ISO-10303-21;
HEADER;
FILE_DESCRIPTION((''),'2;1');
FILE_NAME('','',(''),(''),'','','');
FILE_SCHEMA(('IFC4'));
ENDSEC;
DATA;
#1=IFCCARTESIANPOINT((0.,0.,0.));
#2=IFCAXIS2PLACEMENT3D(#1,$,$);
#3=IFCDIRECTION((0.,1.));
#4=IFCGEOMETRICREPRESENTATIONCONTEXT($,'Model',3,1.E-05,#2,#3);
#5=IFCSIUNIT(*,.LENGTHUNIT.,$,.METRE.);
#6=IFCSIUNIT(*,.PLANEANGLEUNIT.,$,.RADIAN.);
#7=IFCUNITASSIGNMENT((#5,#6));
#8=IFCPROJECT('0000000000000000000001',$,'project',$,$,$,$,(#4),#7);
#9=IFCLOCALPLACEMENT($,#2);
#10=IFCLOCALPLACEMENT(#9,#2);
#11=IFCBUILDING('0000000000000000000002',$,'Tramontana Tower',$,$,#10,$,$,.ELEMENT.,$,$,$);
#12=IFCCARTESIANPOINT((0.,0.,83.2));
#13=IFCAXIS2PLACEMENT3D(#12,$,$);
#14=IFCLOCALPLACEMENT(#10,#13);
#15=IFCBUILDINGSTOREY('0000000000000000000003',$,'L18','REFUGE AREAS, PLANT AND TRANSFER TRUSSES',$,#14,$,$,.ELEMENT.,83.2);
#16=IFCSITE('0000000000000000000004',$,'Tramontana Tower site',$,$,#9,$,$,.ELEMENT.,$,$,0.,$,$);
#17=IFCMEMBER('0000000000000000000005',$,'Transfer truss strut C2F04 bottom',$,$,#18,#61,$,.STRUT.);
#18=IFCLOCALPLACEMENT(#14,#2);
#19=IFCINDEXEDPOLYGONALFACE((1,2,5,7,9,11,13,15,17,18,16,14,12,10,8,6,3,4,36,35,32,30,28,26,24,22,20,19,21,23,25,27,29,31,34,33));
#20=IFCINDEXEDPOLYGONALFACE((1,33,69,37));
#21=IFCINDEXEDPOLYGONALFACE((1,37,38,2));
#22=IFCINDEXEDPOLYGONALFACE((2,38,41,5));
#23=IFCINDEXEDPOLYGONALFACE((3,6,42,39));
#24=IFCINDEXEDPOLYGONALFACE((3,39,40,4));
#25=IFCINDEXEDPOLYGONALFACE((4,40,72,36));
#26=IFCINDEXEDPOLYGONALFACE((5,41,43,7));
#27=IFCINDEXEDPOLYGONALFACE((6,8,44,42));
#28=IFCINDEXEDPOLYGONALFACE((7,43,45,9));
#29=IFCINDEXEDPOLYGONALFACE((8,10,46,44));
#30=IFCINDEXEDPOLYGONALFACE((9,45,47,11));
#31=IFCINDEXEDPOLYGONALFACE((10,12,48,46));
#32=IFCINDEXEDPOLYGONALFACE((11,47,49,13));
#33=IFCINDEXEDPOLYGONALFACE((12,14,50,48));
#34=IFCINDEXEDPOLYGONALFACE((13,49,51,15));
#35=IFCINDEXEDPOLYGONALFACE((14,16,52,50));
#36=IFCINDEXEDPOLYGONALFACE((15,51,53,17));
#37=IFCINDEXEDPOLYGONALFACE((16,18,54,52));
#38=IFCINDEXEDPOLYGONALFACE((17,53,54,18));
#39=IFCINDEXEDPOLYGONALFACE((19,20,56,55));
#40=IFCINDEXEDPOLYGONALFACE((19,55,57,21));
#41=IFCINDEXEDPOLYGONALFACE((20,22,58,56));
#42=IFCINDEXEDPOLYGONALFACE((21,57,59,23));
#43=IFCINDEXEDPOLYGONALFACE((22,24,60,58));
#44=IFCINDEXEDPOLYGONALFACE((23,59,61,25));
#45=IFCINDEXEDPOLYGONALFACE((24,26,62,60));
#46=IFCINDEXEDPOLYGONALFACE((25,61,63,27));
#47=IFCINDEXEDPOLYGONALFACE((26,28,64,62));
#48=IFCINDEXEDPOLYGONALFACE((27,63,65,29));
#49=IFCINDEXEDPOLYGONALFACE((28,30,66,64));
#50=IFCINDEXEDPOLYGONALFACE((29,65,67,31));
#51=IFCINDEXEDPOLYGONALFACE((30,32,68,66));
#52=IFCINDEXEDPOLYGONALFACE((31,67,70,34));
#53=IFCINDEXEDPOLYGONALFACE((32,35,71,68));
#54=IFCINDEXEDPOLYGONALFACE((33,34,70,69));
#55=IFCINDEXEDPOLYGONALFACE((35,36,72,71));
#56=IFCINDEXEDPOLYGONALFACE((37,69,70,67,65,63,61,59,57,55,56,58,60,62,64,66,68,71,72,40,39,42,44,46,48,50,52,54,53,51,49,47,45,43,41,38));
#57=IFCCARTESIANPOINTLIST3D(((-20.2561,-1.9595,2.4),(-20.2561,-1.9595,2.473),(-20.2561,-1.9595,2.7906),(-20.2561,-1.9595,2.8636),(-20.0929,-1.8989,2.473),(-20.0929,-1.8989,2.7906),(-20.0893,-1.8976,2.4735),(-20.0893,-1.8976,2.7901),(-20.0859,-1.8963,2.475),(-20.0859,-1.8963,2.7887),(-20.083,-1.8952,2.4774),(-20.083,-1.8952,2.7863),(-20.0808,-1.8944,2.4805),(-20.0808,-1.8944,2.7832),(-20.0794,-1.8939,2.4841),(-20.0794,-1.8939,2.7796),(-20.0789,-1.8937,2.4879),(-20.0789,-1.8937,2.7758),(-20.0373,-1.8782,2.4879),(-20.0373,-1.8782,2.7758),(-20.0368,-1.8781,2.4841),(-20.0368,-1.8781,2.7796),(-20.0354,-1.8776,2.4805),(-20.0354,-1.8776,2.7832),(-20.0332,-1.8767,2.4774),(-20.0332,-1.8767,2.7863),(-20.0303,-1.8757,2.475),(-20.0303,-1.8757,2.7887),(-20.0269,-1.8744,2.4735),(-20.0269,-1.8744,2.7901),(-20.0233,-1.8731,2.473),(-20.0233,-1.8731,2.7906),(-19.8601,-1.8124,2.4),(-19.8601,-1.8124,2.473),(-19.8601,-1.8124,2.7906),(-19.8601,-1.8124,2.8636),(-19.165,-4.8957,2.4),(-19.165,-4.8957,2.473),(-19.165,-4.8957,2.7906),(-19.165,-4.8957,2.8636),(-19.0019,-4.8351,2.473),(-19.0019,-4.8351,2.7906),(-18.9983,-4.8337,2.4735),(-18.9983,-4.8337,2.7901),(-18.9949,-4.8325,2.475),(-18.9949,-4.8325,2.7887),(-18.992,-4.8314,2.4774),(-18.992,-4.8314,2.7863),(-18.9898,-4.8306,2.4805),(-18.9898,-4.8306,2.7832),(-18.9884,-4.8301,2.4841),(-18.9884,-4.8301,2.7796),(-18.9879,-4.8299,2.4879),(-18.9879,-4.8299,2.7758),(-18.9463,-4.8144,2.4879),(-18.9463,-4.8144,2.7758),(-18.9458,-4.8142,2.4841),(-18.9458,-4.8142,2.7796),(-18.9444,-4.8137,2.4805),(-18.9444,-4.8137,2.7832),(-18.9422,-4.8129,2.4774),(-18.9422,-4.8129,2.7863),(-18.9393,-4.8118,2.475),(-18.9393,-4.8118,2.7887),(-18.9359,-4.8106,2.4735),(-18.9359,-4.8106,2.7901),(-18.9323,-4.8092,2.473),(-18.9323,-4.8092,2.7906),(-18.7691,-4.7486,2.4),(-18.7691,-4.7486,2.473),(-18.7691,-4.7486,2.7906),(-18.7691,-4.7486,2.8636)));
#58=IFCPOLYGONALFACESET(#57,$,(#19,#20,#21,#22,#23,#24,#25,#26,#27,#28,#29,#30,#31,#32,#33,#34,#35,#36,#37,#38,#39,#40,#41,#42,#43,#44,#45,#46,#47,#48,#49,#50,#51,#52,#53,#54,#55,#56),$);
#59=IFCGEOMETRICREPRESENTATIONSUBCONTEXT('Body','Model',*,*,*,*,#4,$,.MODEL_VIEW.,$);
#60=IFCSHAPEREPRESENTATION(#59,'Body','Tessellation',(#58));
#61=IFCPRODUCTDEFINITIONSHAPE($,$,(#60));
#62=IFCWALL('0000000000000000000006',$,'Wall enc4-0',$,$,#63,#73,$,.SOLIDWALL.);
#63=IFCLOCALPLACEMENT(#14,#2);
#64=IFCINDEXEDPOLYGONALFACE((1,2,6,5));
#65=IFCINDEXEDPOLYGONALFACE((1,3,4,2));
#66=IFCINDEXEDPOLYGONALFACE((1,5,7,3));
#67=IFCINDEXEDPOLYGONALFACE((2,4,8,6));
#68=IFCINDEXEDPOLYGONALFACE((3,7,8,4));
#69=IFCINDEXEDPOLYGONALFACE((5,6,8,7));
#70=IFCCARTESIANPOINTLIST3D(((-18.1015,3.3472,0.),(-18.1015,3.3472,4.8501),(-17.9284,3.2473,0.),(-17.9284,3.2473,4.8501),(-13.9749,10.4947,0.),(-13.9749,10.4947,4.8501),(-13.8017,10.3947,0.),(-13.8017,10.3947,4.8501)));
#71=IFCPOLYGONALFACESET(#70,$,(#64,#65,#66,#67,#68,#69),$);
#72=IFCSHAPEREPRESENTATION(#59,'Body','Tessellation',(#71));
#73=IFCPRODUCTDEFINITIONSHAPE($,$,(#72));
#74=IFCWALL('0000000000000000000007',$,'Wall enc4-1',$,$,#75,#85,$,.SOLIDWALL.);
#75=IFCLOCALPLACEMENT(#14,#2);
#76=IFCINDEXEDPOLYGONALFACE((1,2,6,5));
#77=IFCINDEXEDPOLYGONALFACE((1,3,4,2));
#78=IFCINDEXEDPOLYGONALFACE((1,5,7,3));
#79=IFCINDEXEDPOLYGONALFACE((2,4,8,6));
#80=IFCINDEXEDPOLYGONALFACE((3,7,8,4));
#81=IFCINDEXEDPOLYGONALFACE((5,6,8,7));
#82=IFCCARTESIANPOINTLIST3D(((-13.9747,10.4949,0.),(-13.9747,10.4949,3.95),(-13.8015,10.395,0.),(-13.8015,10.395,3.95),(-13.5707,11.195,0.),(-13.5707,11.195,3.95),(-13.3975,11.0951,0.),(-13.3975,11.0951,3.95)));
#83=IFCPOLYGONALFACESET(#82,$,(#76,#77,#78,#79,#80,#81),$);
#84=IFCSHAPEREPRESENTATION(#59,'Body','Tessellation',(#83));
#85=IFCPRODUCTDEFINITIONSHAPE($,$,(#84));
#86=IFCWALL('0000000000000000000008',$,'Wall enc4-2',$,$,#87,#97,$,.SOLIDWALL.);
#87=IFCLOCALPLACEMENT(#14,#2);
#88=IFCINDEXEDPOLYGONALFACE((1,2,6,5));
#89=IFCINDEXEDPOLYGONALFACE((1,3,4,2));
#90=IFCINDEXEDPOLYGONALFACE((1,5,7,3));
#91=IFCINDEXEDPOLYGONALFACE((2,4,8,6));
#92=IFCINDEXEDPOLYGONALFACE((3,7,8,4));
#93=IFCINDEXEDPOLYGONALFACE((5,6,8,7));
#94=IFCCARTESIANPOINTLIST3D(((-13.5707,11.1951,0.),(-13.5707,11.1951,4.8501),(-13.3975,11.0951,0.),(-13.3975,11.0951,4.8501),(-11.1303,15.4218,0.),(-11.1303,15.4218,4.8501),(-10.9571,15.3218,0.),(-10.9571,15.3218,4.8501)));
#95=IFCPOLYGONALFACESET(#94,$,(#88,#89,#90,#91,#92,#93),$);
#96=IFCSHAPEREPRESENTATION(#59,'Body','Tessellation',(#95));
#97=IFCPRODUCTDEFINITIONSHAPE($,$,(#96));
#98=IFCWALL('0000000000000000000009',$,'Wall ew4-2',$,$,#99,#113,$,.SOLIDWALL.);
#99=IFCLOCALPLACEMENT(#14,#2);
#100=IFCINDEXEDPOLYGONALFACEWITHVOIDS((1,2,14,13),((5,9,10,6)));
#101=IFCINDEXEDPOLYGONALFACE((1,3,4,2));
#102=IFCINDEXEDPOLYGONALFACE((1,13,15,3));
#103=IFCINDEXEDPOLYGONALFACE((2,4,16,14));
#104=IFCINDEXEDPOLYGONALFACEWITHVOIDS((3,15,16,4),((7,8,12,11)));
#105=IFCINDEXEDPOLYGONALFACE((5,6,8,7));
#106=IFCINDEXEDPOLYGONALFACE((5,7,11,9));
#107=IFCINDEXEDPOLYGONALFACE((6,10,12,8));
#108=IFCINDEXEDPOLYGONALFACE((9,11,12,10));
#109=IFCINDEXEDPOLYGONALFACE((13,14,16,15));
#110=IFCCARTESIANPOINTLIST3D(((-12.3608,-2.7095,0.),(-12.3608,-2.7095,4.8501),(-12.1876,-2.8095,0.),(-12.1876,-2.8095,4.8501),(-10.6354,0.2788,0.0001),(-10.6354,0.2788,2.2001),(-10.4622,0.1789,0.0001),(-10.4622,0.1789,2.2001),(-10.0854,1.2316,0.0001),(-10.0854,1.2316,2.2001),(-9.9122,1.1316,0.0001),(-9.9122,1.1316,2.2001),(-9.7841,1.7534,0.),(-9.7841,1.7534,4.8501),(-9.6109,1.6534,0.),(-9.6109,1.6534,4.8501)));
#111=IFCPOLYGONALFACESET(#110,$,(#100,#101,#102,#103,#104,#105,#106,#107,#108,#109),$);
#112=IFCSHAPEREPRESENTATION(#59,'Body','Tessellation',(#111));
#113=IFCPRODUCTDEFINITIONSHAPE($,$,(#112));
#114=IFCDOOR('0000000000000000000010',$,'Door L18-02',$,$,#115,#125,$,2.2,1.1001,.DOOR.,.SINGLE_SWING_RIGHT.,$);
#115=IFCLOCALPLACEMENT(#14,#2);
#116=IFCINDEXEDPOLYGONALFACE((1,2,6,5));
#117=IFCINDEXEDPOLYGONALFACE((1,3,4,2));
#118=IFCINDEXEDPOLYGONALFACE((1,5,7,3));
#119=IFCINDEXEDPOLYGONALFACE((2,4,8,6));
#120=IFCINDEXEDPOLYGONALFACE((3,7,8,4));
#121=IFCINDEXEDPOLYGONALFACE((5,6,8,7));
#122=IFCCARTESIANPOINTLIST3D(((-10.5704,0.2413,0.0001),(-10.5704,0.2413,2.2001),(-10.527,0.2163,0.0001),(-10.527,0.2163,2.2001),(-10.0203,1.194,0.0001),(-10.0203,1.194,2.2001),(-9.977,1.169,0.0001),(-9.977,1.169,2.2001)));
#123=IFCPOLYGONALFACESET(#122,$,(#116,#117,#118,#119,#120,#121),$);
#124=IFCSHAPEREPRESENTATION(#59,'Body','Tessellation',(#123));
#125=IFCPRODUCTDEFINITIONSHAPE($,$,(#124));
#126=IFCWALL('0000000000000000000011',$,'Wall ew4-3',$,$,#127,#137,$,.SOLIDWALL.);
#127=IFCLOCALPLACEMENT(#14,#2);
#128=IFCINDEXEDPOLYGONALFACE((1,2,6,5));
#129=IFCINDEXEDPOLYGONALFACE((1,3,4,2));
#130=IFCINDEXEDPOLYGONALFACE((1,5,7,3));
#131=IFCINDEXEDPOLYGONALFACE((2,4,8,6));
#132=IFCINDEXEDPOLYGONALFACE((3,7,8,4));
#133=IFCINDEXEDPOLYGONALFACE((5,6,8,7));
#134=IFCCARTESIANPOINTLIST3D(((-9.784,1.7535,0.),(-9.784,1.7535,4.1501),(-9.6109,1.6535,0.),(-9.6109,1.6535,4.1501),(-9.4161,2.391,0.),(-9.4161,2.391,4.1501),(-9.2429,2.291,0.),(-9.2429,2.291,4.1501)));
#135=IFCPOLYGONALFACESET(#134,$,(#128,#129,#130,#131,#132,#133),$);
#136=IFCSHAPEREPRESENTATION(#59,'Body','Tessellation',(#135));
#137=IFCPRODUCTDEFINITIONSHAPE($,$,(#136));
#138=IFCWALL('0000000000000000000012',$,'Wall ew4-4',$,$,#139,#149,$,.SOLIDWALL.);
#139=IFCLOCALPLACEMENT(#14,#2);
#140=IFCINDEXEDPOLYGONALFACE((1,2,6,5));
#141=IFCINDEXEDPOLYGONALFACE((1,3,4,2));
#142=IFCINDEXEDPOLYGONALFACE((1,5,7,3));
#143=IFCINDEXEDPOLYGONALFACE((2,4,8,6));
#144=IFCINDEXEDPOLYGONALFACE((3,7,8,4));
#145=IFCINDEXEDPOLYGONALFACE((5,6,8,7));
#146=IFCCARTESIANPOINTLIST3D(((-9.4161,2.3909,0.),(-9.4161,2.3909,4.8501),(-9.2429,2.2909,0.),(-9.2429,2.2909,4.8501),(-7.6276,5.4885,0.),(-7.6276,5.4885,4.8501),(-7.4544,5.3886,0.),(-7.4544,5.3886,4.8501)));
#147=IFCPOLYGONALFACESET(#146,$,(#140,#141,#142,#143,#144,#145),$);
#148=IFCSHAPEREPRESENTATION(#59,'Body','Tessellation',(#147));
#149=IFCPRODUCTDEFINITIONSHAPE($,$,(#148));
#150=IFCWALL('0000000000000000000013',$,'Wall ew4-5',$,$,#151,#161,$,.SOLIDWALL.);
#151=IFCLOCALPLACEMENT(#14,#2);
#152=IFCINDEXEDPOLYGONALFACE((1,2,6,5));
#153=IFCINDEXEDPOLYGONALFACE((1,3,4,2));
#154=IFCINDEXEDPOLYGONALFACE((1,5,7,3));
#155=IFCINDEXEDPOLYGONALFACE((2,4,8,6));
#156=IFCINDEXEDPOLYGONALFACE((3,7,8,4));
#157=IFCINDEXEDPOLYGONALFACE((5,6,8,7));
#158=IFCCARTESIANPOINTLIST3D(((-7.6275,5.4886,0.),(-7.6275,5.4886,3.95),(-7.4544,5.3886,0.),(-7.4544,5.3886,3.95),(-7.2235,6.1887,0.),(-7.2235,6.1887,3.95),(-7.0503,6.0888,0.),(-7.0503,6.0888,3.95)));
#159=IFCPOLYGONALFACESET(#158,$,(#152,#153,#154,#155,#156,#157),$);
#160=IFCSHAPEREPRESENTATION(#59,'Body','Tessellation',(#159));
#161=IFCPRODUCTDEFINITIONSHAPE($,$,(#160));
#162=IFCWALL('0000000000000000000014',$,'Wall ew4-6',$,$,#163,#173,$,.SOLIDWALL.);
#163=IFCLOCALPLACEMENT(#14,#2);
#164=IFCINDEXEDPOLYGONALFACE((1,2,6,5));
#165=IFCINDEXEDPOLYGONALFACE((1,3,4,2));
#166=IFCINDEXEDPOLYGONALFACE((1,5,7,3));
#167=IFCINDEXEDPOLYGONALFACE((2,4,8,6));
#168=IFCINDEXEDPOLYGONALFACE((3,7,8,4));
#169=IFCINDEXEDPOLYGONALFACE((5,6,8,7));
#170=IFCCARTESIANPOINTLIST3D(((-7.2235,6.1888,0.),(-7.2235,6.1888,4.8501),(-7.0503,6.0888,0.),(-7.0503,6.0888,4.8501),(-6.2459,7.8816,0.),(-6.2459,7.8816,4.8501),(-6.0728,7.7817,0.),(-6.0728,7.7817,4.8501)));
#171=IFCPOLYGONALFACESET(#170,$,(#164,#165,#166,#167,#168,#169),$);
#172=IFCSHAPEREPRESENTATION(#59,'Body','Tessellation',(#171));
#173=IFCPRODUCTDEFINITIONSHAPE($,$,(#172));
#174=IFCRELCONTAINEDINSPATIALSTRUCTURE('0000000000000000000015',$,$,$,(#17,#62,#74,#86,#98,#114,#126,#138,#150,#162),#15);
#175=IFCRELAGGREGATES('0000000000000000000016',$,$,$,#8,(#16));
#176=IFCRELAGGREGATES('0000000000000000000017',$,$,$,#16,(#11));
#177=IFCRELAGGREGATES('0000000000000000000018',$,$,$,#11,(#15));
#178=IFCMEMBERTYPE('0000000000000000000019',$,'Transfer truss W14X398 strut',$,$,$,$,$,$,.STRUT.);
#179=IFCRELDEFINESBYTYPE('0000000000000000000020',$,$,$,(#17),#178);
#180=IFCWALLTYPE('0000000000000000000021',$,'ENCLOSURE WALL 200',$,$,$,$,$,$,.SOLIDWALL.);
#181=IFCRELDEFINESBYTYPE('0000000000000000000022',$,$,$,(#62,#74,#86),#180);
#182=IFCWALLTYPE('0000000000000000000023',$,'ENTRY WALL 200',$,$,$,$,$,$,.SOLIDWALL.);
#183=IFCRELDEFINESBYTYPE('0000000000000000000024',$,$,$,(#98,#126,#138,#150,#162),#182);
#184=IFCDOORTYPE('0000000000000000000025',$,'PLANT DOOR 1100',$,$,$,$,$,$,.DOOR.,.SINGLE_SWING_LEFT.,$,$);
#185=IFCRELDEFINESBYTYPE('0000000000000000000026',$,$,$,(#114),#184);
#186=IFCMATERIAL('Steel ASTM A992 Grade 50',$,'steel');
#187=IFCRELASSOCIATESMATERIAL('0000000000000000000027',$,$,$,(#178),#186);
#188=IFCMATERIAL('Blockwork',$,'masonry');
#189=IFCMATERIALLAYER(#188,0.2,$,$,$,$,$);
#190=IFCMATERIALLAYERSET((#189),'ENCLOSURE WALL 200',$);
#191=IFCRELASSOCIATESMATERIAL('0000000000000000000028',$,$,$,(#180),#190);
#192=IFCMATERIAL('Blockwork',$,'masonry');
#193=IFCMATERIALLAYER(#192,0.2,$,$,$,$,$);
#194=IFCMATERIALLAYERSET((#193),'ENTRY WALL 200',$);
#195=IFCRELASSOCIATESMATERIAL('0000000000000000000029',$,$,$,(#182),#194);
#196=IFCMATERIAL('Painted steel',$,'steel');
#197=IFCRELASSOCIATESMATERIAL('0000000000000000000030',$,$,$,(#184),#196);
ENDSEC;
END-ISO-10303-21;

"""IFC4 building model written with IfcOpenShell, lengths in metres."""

from ifc_helpers import new_model, si_unit, direction, frame, frame_2d, origin, origin_2d, place, context, subcontext, project, spatial, rectangle, i_section, extrude, material, layer, layer_set, material_profile, profile_set, type_object, element, fill, save


model = new_model("IFC4")

# Units and contexts
model_context = context("Model", 3, precision=1e-05, world=origin(), true_north=direction((0.0, 1.0)))
body_context = subcontext(model_context, "Body", "Model", "MODEL_VIEW")
ifc_project = project(units=[si_unit("LENGTHUNIT", "METRE"), si_unit("PLANEANGLEUNIT", "RADIAN")], contexts=[model_context])

# Site, building, storey
site_placement = place(None, origin())
site = spatial("IfcSite", under=ifc_project, at=site_placement, Name="Tramontana Tower site", CompositionType="ELEMENT", RefElevation=0.0)
building_placement = place(site_placement, origin())
building = spatial("IfcBuilding", under=site, at=building_placement, Name="Tramontana Tower", CompositionType="ELEMENT")
storey_placement = place(building_placement, frame((0.0, 0.0, 83.2)))
storey = spatial("IfcBuildingStorey", under=building, at=storey_placement, Name="L18", Description="REFUGE AREAS, PLANT AND TRANSFER TRUSSES", CompositionType="ELEMENT", Elevation=83.2)

# Member
ifc_material_1 = material(Name="Steel ASTM A992 Grade 50", Category="steel")
ifc_material_profile_1 = material_profile(ifc_material_1, i_section(OverallWidth=0.4224, OverallDepth=0.4636, WebThickness=0.0444, FlangeThickness=0.073, FilletRadius=0.0149, at=origin_2d()), Name="W14X398")
ifc_profile_set_1 = profile_set([ifc_material_profile_1], Name="Steel ASTM A992 Grade 50")
member_type_1 = type_object("IfcMemberType", Name="Transfer truss W14X398 strut", PredefinedType="STRUT", material=ifc_profile_set_1)
member_1_placement = place(storey_placement, frame((-20.0581, -1.886, 2.6318), z_axis=(0.348312, -0.937379, 0.0), x_axis=(0.937379, 0.348312, 0.0)))
element("IfcMember", 1, at=member_1_placement, inside=storey, type_object=member_type_1, Name="Transfer truss strut C2F04 bottom", PredefinedType="STRUT", context=body_context, shape_type="SweptSolid", body=[
    extrude(i_section(OverallWidth=0.4224, OverallDepth=0.4636, WebThickness=0.0444, FlangeThickness=0.073, FilletRadius=0.0149, at=origin_2d()), origin(), (0.0, 0.0, 1.0), 3.1323),
])

# Walls
ifc_material_2 = material(Name="Blockwork", Category="masonry")
ifc_layer_1 = layer(ifc_material_2, 0.2)
ifc_layer_set_1 = layer_set([ifc_layer_1], Name="ENCLOSURE WALL 200")
wall_type_1 = type_object("IfcWallType", Name="ENCLOSURE WALL 200", PredefinedType="SOLIDWALL", material=ifc_layer_set_1)
wall_1_placement = place(storey_placement, frame((-18.0149, 3.2974, 0.0), z_axis=(0.0, 0.0, 1.0), x_axis=(0.500011, 0.866019, 0.0)))
element("IfcWall", 2, at=wall_1_placement, inside=storey, type_object=wall_type_1, Name="Wall enc4-0", PredefinedType="SOLIDWALL", context=body_context, shape_type="SweptSolid", body=[
    extrude(rectangle(XDim=8.2532, YDim=0.2, at=frame_2d((4.1265, 0.0))), origin(), (0.0, 0.0, 1.0), 4.8501),
])
wall_2_placement = place(storey_placement, frame((-13.8882, 10.4448, 0.0), z_axis=(0.0, 0.0, 1.0), x_axis=(0.49981, 0.866135, 0.0)))
element("IfcWall", 3, at=wall_2_placement, inside=storey, type_object=wall_type_1, Name="Wall enc4-1", PredefinedType="SOLIDWALL", context=body_context, shape_type="SweptSolid", body=[
    extrude(rectangle(XDim=0.8083, YDim=0.2, at=frame_2d((0.4043, 0.0))), origin(), (0.0, 0.0, 1.0), 3.95),
])
wall_3_placement = place(storey_placement, frame((-13.4841, 11.145, 0.0), z_axis=(0.0, 0.0, 1.0), x_axis=(0.500013, 0.866018, 0.0)))
element("IfcWall", 4, at=wall_3_placement, inside=storey, type_object=wall_type_1, Name="Wall enc4-2", PredefinedType="SOLIDWALL", context=body_context, shape_type="SweptSolid", body=[
    extrude(rectangle(XDim=4.8806, YDim=0.2, at=frame_2d((2.4404, 0.0))), origin(), (0.0, 0.0, 1.0), 4.8501),
])

# Wall, opening, door
ifc_material_3 = material(Name="Blockwork", Category="masonry")
ifc_layer_2 = layer(ifc_material_3, 0.2)
ifc_layer_set_2 = layer_set([ifc_layer_2], Name="ENTRY WALL 200")
wall_type_2 = type_object("IfcWallType", Name="ENTRY WALL 200", PredefinedType="SOLIDWALL", material=ifc_layer_set_2)
wall_4_placement = place(storey_placement, frame((-12.2742, -2.7595, 0.0), z_axis=(0.0, 0.0, 1.0), x_axis=(0.500001, 0.866025, 0.0)))
wall_4 = element("IfcWall", 5, at=wall_4_placement, inside=storey, type_object=wall_type_2, Name="Wall ew4-2", PredefinedType="SOLIDWALL", context=body_context, shape_type="SweptSolid", body=[
    extrude(rectangle(XDim=5.1533, YDim=0.2, at=frame_2d((2.5767, 0.0))), origin(), (0.0, 0.0, 1.0), 4.8501),
])
opening_1_placement = place(wall_4_placement, frame((3.4507, 0.0, 0.0)))
opening_1 = element("IfcOpeningElement", 6, at=opening_1_placement, cuts=wall_4, PredefinedType="OPENING", context=body_context, shape_type="SweptSolid", body=[
    extrude(rectangle(XDim=1.1001, YDim=2.2, at=frame_2d((0.55, 1.1001))), frame((0.0, 0.1099, 0.0), z_axis=(0.0, -1.0, 0.0), x_axis=(1.0, 0.0, 0.0)), (0.0, 0.0, 1.0), 0.22),
])
ifc_material_4 = material(Name="Painted steel", Category="steel")
door_type = type_object("IfcDoorType", Name="PLANT DOOR 1100", OperationType="SINGLE_SWING_LEFT", PredefinedType="DOOR", material=ifc_material_4)
door_1_placement = place(opening_1_placement, origin())
door_1 = element("IfcDoor", 7, at=door_1_placement, inside=storey, type_object=door_type, Name="Door L18-02", OperationType="SINGLE_SWING_RIGHT", OverallHeight=2.2, OverallWidth=1.1001, PredefinedType="DOOR", context=body_context, shape_type="SweptSolid", body=[
    extrude(rectangle(XDim=1.1001, YDim=2.2, at=frame_2d((0.55, 1.1001))), frame((0.0, 0.0249, 0.0), z_axis=(0.0, -1.0, 0.0), x_axis=(1.0, 0.0, 0.0)), (0.0, 0.0, 1.0), 0.05),
])
fill(opening_1, door_1)

# Walls
wall_5_placement = place(storey_placement, frame((-9.6975, 1.7034, 0.0), z_axis=(0.0, 0.0, 1.0), x_axis=(0.499885, 0.866092, 0.0)))
element("IfcWall", 8, at=wall_5_placement, inside=storey, type_object=wall_type_2, Name="Wall ew4-3", PredefinedType="SOLIDWALL", context=body_context, shape_type="SweptSolid", body=[
    extrude(rectangle(XDim=0.7361, YDim=0.2, at=frame_2d((0.3682, 0.0))), origin(), (0.0, 0.0, 1.0), 4.1501),
])
wall_6_placement = place(storey_placement, frame((-9.3296, 2.3408, 0.0), z_axis=(0.0, 0.0, 1.0), x_axis=(0.50003, 0.866008, 0.0)))
element("IfcWall", 9, at=wall_6_placement, inside=storey, type_object=wall_type_2, Name="Wall ew4-4", PredefinedType="SOLIDWALL", context=body_context, shape_type="SweptSolid", body=[
    extrude(rectangle(XDim=3.5769, YDim=0.2, at=frame_2d((1.7886, 0.0))), origin(), (0.0, 0.0, 1.0), 4.8501),
])
wall_7_placement = place(storey_placement, frame((-7.541, 5.4385, 0.0), z_axis=(0.0, 0.0, 1.0), x_axis=(0.49981, 0.866135, 0.0)))
element("IfcWall", 10, at=wall_7_placement, inside=storey, type_object=wall_type_2, Name="Wall ew4-5", PredefinedType="SOLIDWALL", context=body_context, shape_type="SweptSolid", body=[
    extrude(rectangle(XDim=0.8083, YDim=0.2, at=frame_2d((0.4043, 0.0))), origin(), (0.0, 0.0, 1.0), 3.95),
])
wall_8_placement = place(storey_placement, frame((-7.137, 6.1387, 0.0), z_axis=(0.0, 0.0, 1.0), x_axis=(0.500061, 0.86599, 0.0)))
element("IfcWall", 11, at=wall_8_placement, inside=storey, type_object=wall_type_2, Name="Wall ew4-6", PredefinedType="SOLIDWALL", context=body_context, shape_type="SweptSolid", body=[
    extrude(rectangle(XDim=1.9548, YDim=0.2, at=frame_2d((0.9775, 0.0))), origin(), (0.0, 0.0, 1.0), 4.8501),
])

save(model, "model.ifc")
